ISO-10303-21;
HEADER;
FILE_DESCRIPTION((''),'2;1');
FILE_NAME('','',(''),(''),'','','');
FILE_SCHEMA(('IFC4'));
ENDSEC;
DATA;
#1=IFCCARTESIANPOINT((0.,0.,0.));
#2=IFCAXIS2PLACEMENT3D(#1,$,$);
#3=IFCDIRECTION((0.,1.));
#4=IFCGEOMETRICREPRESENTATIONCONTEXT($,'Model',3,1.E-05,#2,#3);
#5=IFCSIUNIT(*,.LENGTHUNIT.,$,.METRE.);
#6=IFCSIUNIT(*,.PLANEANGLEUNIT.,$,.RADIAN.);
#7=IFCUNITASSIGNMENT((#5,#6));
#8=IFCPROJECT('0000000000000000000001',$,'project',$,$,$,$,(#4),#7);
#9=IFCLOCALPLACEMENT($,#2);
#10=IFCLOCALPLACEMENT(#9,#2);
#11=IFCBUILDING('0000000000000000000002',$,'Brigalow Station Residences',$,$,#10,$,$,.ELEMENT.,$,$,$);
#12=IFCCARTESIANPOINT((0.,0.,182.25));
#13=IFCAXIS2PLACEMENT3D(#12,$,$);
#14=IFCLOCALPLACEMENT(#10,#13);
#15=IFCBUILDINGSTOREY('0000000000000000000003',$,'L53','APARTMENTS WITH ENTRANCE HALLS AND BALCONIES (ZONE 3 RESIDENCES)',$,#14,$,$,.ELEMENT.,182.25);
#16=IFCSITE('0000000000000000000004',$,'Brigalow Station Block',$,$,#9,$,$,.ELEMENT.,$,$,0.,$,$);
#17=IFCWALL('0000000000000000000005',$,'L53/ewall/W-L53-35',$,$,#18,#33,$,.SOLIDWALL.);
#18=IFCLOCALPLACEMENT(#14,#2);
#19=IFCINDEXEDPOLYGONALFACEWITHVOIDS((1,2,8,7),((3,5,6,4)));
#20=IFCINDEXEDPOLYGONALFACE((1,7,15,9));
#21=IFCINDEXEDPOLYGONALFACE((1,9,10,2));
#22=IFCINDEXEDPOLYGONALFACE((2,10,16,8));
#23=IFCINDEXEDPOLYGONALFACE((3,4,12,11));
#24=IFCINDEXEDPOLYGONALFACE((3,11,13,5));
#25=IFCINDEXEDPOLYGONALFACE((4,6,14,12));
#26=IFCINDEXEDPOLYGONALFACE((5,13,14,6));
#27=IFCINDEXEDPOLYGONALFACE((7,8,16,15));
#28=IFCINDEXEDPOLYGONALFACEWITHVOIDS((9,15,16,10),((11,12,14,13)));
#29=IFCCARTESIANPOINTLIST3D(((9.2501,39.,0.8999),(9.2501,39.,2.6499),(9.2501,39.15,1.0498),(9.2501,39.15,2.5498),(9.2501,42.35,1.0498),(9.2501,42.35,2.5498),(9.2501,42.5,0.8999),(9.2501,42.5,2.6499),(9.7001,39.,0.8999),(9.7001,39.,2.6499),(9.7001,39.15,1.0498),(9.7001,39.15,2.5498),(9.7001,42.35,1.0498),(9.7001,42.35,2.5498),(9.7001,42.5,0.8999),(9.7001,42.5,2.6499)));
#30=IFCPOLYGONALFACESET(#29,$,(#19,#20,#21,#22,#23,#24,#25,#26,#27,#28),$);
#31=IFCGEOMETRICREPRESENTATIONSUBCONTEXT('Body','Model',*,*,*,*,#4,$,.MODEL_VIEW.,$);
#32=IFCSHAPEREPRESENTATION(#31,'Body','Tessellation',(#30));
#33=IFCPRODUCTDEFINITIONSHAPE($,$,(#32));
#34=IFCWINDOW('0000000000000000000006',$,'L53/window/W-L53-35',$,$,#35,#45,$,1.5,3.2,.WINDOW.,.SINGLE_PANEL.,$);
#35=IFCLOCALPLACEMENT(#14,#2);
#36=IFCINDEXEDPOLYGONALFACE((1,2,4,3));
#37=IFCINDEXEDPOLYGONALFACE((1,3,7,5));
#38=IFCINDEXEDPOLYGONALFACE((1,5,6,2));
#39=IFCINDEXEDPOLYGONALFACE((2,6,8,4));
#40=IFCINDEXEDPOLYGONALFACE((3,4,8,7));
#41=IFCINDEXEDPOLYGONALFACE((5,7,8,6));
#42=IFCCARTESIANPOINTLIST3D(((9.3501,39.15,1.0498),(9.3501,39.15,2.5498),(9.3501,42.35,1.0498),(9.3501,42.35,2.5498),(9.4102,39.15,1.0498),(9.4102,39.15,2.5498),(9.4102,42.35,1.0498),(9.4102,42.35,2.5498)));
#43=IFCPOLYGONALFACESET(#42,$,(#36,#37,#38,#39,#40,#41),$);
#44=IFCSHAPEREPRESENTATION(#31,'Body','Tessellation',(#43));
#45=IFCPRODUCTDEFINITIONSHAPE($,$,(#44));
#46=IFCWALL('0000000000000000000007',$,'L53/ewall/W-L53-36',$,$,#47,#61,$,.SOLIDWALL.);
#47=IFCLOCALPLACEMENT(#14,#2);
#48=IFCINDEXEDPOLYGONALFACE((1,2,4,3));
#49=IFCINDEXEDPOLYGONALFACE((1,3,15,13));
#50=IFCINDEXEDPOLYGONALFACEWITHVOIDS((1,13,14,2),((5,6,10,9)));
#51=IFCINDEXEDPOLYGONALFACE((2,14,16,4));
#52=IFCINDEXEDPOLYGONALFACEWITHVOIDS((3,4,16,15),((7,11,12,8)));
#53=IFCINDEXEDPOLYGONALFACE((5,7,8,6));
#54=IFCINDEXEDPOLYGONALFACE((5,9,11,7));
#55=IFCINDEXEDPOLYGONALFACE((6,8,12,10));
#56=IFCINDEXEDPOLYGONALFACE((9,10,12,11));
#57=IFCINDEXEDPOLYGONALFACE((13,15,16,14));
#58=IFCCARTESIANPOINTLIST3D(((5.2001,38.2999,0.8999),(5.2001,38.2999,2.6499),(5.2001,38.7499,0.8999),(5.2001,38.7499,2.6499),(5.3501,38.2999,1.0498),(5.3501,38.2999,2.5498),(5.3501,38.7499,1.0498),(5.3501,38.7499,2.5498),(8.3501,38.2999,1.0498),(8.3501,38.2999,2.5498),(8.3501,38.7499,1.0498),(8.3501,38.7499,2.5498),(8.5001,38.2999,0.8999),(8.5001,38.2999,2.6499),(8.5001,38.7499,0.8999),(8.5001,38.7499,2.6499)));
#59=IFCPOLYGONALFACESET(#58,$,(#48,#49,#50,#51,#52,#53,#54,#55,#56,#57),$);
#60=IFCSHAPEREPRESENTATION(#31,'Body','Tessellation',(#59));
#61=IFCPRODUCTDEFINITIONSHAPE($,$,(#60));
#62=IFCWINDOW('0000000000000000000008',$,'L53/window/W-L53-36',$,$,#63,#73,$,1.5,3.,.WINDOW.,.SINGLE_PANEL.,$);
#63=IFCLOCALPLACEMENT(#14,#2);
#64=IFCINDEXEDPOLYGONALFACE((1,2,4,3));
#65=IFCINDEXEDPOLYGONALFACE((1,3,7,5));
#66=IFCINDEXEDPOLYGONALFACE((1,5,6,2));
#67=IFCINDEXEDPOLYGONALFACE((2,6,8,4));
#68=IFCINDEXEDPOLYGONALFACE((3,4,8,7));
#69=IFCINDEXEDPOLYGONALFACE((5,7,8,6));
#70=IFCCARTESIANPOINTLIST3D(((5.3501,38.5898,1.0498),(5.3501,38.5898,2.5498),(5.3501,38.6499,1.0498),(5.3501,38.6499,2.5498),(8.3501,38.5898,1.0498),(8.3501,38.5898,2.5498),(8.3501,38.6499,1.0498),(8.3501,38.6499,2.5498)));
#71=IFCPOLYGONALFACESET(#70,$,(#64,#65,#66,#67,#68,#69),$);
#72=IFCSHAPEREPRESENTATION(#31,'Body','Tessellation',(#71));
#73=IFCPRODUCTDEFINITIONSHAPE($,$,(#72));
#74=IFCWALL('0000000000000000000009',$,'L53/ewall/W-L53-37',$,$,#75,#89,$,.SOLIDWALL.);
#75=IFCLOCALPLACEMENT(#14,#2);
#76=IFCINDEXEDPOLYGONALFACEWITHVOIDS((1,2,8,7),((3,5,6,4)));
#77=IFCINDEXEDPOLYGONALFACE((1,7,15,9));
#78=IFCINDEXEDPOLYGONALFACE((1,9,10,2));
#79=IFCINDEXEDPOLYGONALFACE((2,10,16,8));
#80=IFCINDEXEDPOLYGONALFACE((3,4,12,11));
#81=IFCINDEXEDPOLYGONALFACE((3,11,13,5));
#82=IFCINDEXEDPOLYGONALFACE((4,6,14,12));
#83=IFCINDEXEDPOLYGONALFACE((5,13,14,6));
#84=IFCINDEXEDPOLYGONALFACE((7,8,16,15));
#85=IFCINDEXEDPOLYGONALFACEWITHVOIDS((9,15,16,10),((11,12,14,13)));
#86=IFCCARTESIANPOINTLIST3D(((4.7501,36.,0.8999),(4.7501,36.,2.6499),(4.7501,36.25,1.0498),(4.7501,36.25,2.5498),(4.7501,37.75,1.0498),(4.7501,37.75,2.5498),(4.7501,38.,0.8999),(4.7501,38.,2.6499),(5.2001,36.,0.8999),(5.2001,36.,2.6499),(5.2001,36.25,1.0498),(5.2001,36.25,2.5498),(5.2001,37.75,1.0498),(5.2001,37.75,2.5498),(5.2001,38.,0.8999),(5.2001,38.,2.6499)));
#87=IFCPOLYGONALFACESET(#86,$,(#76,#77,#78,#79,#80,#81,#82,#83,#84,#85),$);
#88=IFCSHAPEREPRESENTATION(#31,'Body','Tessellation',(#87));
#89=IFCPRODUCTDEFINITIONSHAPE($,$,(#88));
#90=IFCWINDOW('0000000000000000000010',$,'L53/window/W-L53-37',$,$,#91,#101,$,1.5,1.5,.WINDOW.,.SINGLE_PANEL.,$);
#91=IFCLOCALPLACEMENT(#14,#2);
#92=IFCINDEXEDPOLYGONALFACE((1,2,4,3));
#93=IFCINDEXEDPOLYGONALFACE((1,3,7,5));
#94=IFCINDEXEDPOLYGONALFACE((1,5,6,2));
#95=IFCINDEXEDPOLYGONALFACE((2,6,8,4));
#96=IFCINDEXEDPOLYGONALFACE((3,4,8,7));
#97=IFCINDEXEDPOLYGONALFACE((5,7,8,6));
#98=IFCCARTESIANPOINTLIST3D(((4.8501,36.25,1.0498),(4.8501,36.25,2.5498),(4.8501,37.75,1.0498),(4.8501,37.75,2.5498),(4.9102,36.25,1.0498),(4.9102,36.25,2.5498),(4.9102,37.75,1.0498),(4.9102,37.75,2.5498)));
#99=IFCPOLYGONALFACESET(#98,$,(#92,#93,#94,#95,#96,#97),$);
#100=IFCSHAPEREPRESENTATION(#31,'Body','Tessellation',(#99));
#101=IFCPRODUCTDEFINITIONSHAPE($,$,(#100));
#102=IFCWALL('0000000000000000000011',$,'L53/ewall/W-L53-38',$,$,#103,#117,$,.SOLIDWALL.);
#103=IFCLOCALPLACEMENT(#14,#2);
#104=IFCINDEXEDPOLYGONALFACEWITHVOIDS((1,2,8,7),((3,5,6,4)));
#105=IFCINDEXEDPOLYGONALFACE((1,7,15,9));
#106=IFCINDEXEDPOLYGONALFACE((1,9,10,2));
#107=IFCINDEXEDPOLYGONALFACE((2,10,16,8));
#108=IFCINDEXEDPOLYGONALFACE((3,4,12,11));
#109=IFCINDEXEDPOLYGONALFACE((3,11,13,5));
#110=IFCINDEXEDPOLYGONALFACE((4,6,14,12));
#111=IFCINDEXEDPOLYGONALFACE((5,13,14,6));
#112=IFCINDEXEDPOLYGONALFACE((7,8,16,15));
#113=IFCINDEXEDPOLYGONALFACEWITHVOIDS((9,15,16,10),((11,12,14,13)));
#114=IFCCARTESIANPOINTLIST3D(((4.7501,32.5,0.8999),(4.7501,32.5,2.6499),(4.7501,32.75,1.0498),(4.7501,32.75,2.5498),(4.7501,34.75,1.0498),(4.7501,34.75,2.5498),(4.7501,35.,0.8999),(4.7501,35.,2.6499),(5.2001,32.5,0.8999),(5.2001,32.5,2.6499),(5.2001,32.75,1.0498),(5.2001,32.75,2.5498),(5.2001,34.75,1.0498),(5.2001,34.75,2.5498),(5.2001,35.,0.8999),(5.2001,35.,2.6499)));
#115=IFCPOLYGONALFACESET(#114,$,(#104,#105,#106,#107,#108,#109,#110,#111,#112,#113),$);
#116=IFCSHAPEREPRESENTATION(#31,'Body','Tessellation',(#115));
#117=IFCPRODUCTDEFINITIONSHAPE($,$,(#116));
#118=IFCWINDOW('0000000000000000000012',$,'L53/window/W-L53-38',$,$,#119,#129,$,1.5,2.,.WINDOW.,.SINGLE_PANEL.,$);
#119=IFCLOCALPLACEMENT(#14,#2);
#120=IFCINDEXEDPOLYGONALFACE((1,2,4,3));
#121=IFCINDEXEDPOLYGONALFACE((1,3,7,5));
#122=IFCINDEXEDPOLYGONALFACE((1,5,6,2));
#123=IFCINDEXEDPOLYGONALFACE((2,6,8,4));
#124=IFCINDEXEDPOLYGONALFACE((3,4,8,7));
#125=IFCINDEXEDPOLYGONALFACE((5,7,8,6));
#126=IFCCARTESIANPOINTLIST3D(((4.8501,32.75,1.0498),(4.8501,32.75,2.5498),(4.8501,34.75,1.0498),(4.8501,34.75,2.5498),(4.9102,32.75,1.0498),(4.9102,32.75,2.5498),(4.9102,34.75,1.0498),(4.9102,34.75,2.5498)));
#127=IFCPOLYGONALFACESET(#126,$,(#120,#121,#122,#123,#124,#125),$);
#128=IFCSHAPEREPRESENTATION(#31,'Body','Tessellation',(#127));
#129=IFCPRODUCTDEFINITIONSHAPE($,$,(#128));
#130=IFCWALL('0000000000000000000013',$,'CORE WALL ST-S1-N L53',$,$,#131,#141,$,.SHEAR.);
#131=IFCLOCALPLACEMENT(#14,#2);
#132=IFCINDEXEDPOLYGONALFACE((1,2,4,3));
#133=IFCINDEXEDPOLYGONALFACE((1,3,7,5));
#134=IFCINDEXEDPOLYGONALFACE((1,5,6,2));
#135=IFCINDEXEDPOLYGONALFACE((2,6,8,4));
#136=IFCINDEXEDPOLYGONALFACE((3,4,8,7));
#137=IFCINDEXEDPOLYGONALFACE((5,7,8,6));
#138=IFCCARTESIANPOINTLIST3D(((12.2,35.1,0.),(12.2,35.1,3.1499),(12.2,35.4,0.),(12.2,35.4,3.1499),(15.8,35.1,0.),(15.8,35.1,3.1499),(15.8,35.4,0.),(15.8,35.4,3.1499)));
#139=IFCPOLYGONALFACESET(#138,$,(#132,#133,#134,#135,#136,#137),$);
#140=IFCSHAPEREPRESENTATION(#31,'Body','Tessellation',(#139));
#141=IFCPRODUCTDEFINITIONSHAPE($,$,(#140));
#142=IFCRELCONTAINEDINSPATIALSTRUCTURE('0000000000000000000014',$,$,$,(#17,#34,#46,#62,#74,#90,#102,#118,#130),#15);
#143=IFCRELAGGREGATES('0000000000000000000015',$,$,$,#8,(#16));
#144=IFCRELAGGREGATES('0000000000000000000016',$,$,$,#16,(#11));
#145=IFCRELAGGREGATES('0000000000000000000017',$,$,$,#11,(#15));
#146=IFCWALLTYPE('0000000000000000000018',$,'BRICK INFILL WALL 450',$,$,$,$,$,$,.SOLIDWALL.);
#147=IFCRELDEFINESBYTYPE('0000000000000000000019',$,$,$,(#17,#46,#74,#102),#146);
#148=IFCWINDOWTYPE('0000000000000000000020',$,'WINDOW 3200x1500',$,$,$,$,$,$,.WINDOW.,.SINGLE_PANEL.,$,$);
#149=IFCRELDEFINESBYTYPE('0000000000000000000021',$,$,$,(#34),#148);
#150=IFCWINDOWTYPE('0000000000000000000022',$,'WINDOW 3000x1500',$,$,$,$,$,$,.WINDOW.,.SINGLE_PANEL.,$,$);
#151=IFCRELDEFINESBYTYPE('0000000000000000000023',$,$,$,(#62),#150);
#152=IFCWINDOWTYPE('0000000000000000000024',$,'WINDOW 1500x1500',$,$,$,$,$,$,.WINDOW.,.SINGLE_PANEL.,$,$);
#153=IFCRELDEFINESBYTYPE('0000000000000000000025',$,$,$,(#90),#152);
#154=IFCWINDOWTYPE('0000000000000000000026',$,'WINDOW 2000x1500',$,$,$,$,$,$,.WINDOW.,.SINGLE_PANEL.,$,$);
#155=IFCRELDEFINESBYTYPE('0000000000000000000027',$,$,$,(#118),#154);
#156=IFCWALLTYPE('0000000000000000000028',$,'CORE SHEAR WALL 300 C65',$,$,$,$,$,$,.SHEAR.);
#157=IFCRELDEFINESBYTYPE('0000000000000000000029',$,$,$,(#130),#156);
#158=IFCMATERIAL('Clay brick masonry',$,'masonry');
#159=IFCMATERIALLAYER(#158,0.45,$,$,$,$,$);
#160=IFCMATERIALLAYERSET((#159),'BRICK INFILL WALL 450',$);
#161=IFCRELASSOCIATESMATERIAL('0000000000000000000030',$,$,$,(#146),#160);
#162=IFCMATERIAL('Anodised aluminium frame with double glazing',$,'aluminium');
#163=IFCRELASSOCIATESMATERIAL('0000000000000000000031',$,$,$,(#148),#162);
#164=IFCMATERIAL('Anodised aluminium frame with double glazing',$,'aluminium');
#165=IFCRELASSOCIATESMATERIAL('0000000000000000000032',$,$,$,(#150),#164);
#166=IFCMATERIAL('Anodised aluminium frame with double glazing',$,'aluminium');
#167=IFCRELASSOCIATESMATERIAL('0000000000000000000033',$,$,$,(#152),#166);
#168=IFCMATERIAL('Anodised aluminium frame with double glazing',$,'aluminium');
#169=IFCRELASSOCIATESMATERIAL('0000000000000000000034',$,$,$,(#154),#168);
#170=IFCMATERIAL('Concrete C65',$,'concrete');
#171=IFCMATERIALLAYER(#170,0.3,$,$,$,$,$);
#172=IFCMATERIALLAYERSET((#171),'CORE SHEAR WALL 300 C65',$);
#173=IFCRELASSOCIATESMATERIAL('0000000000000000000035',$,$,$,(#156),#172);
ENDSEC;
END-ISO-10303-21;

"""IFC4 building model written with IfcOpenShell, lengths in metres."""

from ifc_helpers import new_model, si_unit, direction, frame, frame_2d, origin, place, context, subcontext, project, spatial, rectangle, extrude, material, layer, layer_set, type_object, element, fill, save


model = new_model("IFC4")

# Units and contexts
model_context = context("Model", 3, precision=1e-05, world=origin(), true_north=direction((0.0, 1.0)))
body_context = subcontext(model_context, "Body", "Model", "MODEL_VIEW")
ifc_project = project(units=[si_unit("LENGTHUNIT", "METRE"), si_unit("PLANEANGLEUNIT", "RADIAN")], contexts=[model_context])

# Site, building, storey
site_placement = place(None, origin())
site = spatial("IfcSite", under=ifc_project, at=site_placement, Name="Brigalow Station Block", CompositionType="ELEMENT", RefElevation=0.0)
building_placement = place(site_placement, origin())
building = spatial("IfcBuilding", under=site, at=building_placement, Name="Brigalow Station Residences", CompositionType="ELEMENT")
storey_placement = place(building_placement, frame((0.0, 0.0, 182.25)))
storey = spatial("IfcBuildingStorey", under=building, at=storey_placement, Name="L53", Description="APARTMENTS WITH ENTRANCE HALLS AND BALCONIES (ZONE 3 RESIDENCES)", CompositionType="ELEMENT", Elevation=182.25)

# Shared definitions
ifc_material_1 = material(Name="Clay brick masonry", Category="masonry")
ifc_layer_1 = layer(ifc_material_1, 0.45)
ifc_layer_set_1 = layer_set([ifc_layer_1], Name="BRICK INFILL WALL 450")
wall_type_1 = type_object("IfcWallType", Name="BRICK INFILL WALL 450", PredefinedType="SOLIDWALL", material=ifc_layer_set_1)

# Walls, openings, windows
wall_1_placement = place(storey_placement, frame((9.4751, 42.5, 0.8999), z_axis=(0.0, 0.0, 1.0), x_axis=(0.0, -1.0, 0.0)))
wall_1 = element("IfcWall", 1, at=wall_1_placement, inside=storey, type_object=wall_type_1, Name="L53/ewall/W-L53-35", PredefinedType="SOLIDWALL", context=body_context, shape_type="SweptSolid", body=[
    extrude(rectangle(XDim=3.5, YDim=0.45, at=frame_2d((1.75, 0.0))), origin(), (0.0, 0.0, 1.0), 1.75),
])
opening_1_placement = place(wall_1_placement, frame((0.1499, 0.0, 0.1499)))
opening_1 = element("IfcOpeningElement", 2, at=opening_1_placement, cuts=wall_1, PredefinedType="OPENING", context=body_context, shape_type="SweptSolid", body=[
    extrude(rectangle(XDim=3.2, YDim=1.5, at=frame_2d((1.6001, 0.75))), frame((0.0, 0.2349, 0.0), z_axis=(0.0, -1.0, 0.0), x_axis=(1.0, 0.0, 0.0)), (0.0, 0.0, 1.0), 0.47),
])
ifc_material_2 = material(Name="Anodised aluminium frame with double glazing", Category="aluminium")
window_type_1 = type_object("IfcWindowType", Name="WINDOW 3200x1500", PartitioningType="SINGLE_PANEL", PredefinedType="WINDOW", material=ifc_material_2)
window_1_placement = place(opening_1_placement, origin())
window_1 = element("IfcWindow", 3, at=window_1_placement, inside=storey, type_object=window_type_1, Name="L53/window/W-L53-35", OverallHeight=1.5, OverallWidth=3.2, PartitioningType="SINGLE_PANEL", PredefinedType="WINDOW", context=body_context, shape_type="SweptSolid", body=[
    extrude(rectangle(XDim=3.2, YDim=1.5, at=frame_2d((1.6001, 0.75))), frame((0.0, -0.0649, 0.0), z_axis=(0.0, -1.0, 0.0), x_axis=(1.0, 0.0, 0.0)), (0.0, 0.0, 1.0), 0.0601),
])
fill(opening_1, window_1)
wall_2_placement = place(storey_placement, frame((8.5, 38.5249, 0.8999), z_axis=(0.0, 0.0, 1.0), x_axis=(-1.0, 0.0, 0.0)))
wall_2 = element("IfcWall", 4, at=wall_2_placement, inside=storey, type_object=wall_type_1, Name="L53/ewall/W-L53-36", PredefinedType="SOLIDWALL", context=body_context, shape_type="SweptSolid", body=[
    extrude(rectangle(XDim=3.3, YDim=0.45, at=frame_2d((1.6499, 0.0))), origin(), (0.0, 0.0, 1.0), 1.75),
])
opening_2_placement = place(wall_2_placement, frame((0.1499, 0.0, 0.1499)))
opening_2 = element("IfcOpeningElement", 5, at=opening_2_placement, cuts=wall_2, PredefinedType="OPENING", context=body_context, shape_type="SweptSolid", body=[
    extrude(rectangle(XDim=3.0, YDim=1.5, at=frame_2d((1.5, 0.75))), frame((0.0, 0.2349, 0.0), z_axis=(0.0, -1.0, 0.0), x_axis=(1.0, 0.0, 0.0)), (0.0, 0.0, 1.0), 0.47),
])
ifc_material_3 = material(Name="Anodised aluminium frame with double glazing", Category="aluminium")
window_type_2 = type_object("IfcWindowType", Name="WINDOW 3000x1500", PartitioningType="SINGLE_PANEL", PredefinedType="WINDOW", material=ifc_material_3)
window_2_placement = place(opening_2_placement, origin())
window_2 = element("IfcWindow", 6, at=window_2_placement, inside=storey, type_object=window_type_2, Name="L53/window/W-L53-36", OverallHeight=1.5, OverallWidth=3.0, PartitioningType="SINGLE_PANEL", PredefinedType="WINDOW", context=body_context, shape_type="SweptSolid", body=[
    extrude(rectangle(XDim=3.0, YDim=1.5, at=frame_2d((1.5, 0.75))), frame((0.0, -0.0649, 0.0), z_axis=(0.0, -1.0, 0.0), x_axis=(1.0, 0.0, 0.0)), (0.0, 0.0, 1.0), 0.0601),
])
fill(opening_2, window_2)
wall_3_placement = place(storey_placement, frame((4.9751, 38.0, 0.8999), z_axis=(0.0, 0.0, 1.0), x_axis=(0.0, -1.0, 0.0)))
wall_3 = element("IfcWall", 7, at=wall_3_placement, inside=storey, type_object=wall_type_1, Name="L53/ewall/W-L53-37", PredefinedType="SOLIDWALL", context=body_context, shape_type="SweptSolid", body=[
    extrude(rectangle(XDim=2.0, YDim=0.45, at=frame_2d((1.0, 0.0))), origin(), (0.0, 0.0, 1.0), 1.75),
])
opening_3_placement = place(wall_3_placement, frame((0.25, 0.0, 0.1499)))
opening_3 = element("IfcOpeningElement", 8, at=opening_3_placement, cuts=wall_3, PredefinedType="OPENING", context=body_context, shape_type="SweptSolid", body=[
    extrude(rectangle(XDim=1.5, YDim=1.5, at=frame_2d((0.75, 0.75))), frame((0.0, 0.2349, 0.0), z_axis=(0.0, -1.0, 0.0), x_axis=(1.0, 0.0, 0.0)), (0.0, 0.0, 1.0), 0.47),
])
ifc_material_4 = material(Name="Anodised aluminium frame with double glazing", Category="aluminium")
window_type_3 = type_object("IfcWindowType", Name="WINDOW 1500x1500", PartitioningType="SINGLE_PANEL", PredefinedType="WINDOW", material=ifc_material_4)
window_3_placement = place(opening_3_placement, origin())
window_3 = element("IfcWindow", 9, at=window_3_placement, inside=storey, type_object=window_type_3, Name="L53/window/W-L53-37", OverallHeight=1.5, OverallWidth=1.5, PartitioningType="SINGLE_PANEL", PredefinedType="WINDOW", context=body_context, shape_type="SweptSolid", body=[
    extrude(rectangle(XDim=1.5, YDim=1.5, at=frame_2d((0.75, 0.75))), frame((0.0, -0.0649, 0.0), z_axis=(0.0, -1.0, 0.0), x_axis=(1.0, 0.0, 0.0)), (0.0, 0.0, 1.0), 0.0601),
])
fill(opening_3, window_3)
wall_4_placement = place(storey_placement, frame((4.9751, 35.0, 0.8999), z_axis=(0.0, 0.0, 1.0), x_axis=(0.0, -1.0, 0.0)))
wall_4 = element("IfcWall", 10, at=wall_4_placement, inside=storey, type_object=wall_type_1, Name="L53/ewall/W-L53-38", PredefinedType="SOLIDWALL", context=body_context, shape_type="SweptSolid", body=[
    extrude(rectangle(XDim=2.5, YDim=0.45, at=frame_2d((1.25, 0.0))), origin(), (0.0, 0.0, 1.0), 1.75),
])
opening_4_placement = place(wall_4_placement, frame((0.25, 0.0, 0.1499)))
opening_4 = element("IfcOpeningElement", 11, at=opening_4_placement, cuts=wall_4, PredefinedType="OPENING", context=body_context, shape_type="SweptSolid", body=[
    extrude(rectangle(XDim=2.0, YDim=1.5, at=frame_2d((1.0, 0.75))), frame((0.0, 0.2349, 0.0), z_axis=(0.0, -1.0, 0.0), x_axis=(1.0, 0.0, 0.0)), (0.0, 0.0, 1.0), 0.47),
])
ifc_material_5 = material(Name="Anodised aluminium frame with double glazing", Category="aluminium")
window_type_4 = type_object("IfcWindowType", Name="WINDOW 2000x1500", PartitioningType="SINGLE_PANEL", PredefinedType="WINDOW", material=ifc_material_5)
window_4_placement = place(opening_4_placement, origin())
window_4 = element("IfcWindow", 12, at=window_4_placement, inside=storey, type_object=window_type_4, Name="L53/window/W-L53-38", OverallHeight=1.5, OverallWidth=2.0, PartitioningType="SINGLE_PANEL", PredefinedType="WINDOW", context=body_context, shape_type="SweptSolid", body=[
    extrude(rectangle(XDim=2.0, YDim=1.5, at=frame_2d((1.0, 0.75))), frame((0.0, -0.0649, 0.0), z_axis=(0.0, -1.0, 0.0), x_axis=(1.0, 0.0, 0.0)), (0.0, 0.0, 1.0), 0.0601),
])
fill(opening_4, window_4)

# Wall
ifc_material_6 = material(Name="Concrete C65", Category="concrete")
ifc_layer_2 = layer(ifc_material_6, 0.3)
ifc_layer_set_2 = layer_set([ifc_layer_2], Name="CORE SHEAR WALL 300 C65")
wall_type_2 = type_object("IfcWallType", Name="CORE SHEAR WALL 300 C65", PredefinedType="SHEAR", material=ifc_layer_set_2)
wall_5_placement = place(storey_placement, frame((12.2, 35.25, 0.0), z_axis=(0.0, 0.0, 1.0), x_axis=(1.0, 0.0, 0.0)))
element("IfcWall", 13, at=wall_5_placement, inside=storey, type_object=wall_type_2, Name="CORE WALL ST-S1-N L53", PredefinedType="SHEAR", context=body_context, shape_type="SweptSolid", body=[
    extrude(rectangle(XDim=3.6001, YDim=0.3, at=frame_2d((1.8, 0.0))), origin(), (0.0, 0.0, 1.0), 3.1499),
])

save(model, "model.ifc")
